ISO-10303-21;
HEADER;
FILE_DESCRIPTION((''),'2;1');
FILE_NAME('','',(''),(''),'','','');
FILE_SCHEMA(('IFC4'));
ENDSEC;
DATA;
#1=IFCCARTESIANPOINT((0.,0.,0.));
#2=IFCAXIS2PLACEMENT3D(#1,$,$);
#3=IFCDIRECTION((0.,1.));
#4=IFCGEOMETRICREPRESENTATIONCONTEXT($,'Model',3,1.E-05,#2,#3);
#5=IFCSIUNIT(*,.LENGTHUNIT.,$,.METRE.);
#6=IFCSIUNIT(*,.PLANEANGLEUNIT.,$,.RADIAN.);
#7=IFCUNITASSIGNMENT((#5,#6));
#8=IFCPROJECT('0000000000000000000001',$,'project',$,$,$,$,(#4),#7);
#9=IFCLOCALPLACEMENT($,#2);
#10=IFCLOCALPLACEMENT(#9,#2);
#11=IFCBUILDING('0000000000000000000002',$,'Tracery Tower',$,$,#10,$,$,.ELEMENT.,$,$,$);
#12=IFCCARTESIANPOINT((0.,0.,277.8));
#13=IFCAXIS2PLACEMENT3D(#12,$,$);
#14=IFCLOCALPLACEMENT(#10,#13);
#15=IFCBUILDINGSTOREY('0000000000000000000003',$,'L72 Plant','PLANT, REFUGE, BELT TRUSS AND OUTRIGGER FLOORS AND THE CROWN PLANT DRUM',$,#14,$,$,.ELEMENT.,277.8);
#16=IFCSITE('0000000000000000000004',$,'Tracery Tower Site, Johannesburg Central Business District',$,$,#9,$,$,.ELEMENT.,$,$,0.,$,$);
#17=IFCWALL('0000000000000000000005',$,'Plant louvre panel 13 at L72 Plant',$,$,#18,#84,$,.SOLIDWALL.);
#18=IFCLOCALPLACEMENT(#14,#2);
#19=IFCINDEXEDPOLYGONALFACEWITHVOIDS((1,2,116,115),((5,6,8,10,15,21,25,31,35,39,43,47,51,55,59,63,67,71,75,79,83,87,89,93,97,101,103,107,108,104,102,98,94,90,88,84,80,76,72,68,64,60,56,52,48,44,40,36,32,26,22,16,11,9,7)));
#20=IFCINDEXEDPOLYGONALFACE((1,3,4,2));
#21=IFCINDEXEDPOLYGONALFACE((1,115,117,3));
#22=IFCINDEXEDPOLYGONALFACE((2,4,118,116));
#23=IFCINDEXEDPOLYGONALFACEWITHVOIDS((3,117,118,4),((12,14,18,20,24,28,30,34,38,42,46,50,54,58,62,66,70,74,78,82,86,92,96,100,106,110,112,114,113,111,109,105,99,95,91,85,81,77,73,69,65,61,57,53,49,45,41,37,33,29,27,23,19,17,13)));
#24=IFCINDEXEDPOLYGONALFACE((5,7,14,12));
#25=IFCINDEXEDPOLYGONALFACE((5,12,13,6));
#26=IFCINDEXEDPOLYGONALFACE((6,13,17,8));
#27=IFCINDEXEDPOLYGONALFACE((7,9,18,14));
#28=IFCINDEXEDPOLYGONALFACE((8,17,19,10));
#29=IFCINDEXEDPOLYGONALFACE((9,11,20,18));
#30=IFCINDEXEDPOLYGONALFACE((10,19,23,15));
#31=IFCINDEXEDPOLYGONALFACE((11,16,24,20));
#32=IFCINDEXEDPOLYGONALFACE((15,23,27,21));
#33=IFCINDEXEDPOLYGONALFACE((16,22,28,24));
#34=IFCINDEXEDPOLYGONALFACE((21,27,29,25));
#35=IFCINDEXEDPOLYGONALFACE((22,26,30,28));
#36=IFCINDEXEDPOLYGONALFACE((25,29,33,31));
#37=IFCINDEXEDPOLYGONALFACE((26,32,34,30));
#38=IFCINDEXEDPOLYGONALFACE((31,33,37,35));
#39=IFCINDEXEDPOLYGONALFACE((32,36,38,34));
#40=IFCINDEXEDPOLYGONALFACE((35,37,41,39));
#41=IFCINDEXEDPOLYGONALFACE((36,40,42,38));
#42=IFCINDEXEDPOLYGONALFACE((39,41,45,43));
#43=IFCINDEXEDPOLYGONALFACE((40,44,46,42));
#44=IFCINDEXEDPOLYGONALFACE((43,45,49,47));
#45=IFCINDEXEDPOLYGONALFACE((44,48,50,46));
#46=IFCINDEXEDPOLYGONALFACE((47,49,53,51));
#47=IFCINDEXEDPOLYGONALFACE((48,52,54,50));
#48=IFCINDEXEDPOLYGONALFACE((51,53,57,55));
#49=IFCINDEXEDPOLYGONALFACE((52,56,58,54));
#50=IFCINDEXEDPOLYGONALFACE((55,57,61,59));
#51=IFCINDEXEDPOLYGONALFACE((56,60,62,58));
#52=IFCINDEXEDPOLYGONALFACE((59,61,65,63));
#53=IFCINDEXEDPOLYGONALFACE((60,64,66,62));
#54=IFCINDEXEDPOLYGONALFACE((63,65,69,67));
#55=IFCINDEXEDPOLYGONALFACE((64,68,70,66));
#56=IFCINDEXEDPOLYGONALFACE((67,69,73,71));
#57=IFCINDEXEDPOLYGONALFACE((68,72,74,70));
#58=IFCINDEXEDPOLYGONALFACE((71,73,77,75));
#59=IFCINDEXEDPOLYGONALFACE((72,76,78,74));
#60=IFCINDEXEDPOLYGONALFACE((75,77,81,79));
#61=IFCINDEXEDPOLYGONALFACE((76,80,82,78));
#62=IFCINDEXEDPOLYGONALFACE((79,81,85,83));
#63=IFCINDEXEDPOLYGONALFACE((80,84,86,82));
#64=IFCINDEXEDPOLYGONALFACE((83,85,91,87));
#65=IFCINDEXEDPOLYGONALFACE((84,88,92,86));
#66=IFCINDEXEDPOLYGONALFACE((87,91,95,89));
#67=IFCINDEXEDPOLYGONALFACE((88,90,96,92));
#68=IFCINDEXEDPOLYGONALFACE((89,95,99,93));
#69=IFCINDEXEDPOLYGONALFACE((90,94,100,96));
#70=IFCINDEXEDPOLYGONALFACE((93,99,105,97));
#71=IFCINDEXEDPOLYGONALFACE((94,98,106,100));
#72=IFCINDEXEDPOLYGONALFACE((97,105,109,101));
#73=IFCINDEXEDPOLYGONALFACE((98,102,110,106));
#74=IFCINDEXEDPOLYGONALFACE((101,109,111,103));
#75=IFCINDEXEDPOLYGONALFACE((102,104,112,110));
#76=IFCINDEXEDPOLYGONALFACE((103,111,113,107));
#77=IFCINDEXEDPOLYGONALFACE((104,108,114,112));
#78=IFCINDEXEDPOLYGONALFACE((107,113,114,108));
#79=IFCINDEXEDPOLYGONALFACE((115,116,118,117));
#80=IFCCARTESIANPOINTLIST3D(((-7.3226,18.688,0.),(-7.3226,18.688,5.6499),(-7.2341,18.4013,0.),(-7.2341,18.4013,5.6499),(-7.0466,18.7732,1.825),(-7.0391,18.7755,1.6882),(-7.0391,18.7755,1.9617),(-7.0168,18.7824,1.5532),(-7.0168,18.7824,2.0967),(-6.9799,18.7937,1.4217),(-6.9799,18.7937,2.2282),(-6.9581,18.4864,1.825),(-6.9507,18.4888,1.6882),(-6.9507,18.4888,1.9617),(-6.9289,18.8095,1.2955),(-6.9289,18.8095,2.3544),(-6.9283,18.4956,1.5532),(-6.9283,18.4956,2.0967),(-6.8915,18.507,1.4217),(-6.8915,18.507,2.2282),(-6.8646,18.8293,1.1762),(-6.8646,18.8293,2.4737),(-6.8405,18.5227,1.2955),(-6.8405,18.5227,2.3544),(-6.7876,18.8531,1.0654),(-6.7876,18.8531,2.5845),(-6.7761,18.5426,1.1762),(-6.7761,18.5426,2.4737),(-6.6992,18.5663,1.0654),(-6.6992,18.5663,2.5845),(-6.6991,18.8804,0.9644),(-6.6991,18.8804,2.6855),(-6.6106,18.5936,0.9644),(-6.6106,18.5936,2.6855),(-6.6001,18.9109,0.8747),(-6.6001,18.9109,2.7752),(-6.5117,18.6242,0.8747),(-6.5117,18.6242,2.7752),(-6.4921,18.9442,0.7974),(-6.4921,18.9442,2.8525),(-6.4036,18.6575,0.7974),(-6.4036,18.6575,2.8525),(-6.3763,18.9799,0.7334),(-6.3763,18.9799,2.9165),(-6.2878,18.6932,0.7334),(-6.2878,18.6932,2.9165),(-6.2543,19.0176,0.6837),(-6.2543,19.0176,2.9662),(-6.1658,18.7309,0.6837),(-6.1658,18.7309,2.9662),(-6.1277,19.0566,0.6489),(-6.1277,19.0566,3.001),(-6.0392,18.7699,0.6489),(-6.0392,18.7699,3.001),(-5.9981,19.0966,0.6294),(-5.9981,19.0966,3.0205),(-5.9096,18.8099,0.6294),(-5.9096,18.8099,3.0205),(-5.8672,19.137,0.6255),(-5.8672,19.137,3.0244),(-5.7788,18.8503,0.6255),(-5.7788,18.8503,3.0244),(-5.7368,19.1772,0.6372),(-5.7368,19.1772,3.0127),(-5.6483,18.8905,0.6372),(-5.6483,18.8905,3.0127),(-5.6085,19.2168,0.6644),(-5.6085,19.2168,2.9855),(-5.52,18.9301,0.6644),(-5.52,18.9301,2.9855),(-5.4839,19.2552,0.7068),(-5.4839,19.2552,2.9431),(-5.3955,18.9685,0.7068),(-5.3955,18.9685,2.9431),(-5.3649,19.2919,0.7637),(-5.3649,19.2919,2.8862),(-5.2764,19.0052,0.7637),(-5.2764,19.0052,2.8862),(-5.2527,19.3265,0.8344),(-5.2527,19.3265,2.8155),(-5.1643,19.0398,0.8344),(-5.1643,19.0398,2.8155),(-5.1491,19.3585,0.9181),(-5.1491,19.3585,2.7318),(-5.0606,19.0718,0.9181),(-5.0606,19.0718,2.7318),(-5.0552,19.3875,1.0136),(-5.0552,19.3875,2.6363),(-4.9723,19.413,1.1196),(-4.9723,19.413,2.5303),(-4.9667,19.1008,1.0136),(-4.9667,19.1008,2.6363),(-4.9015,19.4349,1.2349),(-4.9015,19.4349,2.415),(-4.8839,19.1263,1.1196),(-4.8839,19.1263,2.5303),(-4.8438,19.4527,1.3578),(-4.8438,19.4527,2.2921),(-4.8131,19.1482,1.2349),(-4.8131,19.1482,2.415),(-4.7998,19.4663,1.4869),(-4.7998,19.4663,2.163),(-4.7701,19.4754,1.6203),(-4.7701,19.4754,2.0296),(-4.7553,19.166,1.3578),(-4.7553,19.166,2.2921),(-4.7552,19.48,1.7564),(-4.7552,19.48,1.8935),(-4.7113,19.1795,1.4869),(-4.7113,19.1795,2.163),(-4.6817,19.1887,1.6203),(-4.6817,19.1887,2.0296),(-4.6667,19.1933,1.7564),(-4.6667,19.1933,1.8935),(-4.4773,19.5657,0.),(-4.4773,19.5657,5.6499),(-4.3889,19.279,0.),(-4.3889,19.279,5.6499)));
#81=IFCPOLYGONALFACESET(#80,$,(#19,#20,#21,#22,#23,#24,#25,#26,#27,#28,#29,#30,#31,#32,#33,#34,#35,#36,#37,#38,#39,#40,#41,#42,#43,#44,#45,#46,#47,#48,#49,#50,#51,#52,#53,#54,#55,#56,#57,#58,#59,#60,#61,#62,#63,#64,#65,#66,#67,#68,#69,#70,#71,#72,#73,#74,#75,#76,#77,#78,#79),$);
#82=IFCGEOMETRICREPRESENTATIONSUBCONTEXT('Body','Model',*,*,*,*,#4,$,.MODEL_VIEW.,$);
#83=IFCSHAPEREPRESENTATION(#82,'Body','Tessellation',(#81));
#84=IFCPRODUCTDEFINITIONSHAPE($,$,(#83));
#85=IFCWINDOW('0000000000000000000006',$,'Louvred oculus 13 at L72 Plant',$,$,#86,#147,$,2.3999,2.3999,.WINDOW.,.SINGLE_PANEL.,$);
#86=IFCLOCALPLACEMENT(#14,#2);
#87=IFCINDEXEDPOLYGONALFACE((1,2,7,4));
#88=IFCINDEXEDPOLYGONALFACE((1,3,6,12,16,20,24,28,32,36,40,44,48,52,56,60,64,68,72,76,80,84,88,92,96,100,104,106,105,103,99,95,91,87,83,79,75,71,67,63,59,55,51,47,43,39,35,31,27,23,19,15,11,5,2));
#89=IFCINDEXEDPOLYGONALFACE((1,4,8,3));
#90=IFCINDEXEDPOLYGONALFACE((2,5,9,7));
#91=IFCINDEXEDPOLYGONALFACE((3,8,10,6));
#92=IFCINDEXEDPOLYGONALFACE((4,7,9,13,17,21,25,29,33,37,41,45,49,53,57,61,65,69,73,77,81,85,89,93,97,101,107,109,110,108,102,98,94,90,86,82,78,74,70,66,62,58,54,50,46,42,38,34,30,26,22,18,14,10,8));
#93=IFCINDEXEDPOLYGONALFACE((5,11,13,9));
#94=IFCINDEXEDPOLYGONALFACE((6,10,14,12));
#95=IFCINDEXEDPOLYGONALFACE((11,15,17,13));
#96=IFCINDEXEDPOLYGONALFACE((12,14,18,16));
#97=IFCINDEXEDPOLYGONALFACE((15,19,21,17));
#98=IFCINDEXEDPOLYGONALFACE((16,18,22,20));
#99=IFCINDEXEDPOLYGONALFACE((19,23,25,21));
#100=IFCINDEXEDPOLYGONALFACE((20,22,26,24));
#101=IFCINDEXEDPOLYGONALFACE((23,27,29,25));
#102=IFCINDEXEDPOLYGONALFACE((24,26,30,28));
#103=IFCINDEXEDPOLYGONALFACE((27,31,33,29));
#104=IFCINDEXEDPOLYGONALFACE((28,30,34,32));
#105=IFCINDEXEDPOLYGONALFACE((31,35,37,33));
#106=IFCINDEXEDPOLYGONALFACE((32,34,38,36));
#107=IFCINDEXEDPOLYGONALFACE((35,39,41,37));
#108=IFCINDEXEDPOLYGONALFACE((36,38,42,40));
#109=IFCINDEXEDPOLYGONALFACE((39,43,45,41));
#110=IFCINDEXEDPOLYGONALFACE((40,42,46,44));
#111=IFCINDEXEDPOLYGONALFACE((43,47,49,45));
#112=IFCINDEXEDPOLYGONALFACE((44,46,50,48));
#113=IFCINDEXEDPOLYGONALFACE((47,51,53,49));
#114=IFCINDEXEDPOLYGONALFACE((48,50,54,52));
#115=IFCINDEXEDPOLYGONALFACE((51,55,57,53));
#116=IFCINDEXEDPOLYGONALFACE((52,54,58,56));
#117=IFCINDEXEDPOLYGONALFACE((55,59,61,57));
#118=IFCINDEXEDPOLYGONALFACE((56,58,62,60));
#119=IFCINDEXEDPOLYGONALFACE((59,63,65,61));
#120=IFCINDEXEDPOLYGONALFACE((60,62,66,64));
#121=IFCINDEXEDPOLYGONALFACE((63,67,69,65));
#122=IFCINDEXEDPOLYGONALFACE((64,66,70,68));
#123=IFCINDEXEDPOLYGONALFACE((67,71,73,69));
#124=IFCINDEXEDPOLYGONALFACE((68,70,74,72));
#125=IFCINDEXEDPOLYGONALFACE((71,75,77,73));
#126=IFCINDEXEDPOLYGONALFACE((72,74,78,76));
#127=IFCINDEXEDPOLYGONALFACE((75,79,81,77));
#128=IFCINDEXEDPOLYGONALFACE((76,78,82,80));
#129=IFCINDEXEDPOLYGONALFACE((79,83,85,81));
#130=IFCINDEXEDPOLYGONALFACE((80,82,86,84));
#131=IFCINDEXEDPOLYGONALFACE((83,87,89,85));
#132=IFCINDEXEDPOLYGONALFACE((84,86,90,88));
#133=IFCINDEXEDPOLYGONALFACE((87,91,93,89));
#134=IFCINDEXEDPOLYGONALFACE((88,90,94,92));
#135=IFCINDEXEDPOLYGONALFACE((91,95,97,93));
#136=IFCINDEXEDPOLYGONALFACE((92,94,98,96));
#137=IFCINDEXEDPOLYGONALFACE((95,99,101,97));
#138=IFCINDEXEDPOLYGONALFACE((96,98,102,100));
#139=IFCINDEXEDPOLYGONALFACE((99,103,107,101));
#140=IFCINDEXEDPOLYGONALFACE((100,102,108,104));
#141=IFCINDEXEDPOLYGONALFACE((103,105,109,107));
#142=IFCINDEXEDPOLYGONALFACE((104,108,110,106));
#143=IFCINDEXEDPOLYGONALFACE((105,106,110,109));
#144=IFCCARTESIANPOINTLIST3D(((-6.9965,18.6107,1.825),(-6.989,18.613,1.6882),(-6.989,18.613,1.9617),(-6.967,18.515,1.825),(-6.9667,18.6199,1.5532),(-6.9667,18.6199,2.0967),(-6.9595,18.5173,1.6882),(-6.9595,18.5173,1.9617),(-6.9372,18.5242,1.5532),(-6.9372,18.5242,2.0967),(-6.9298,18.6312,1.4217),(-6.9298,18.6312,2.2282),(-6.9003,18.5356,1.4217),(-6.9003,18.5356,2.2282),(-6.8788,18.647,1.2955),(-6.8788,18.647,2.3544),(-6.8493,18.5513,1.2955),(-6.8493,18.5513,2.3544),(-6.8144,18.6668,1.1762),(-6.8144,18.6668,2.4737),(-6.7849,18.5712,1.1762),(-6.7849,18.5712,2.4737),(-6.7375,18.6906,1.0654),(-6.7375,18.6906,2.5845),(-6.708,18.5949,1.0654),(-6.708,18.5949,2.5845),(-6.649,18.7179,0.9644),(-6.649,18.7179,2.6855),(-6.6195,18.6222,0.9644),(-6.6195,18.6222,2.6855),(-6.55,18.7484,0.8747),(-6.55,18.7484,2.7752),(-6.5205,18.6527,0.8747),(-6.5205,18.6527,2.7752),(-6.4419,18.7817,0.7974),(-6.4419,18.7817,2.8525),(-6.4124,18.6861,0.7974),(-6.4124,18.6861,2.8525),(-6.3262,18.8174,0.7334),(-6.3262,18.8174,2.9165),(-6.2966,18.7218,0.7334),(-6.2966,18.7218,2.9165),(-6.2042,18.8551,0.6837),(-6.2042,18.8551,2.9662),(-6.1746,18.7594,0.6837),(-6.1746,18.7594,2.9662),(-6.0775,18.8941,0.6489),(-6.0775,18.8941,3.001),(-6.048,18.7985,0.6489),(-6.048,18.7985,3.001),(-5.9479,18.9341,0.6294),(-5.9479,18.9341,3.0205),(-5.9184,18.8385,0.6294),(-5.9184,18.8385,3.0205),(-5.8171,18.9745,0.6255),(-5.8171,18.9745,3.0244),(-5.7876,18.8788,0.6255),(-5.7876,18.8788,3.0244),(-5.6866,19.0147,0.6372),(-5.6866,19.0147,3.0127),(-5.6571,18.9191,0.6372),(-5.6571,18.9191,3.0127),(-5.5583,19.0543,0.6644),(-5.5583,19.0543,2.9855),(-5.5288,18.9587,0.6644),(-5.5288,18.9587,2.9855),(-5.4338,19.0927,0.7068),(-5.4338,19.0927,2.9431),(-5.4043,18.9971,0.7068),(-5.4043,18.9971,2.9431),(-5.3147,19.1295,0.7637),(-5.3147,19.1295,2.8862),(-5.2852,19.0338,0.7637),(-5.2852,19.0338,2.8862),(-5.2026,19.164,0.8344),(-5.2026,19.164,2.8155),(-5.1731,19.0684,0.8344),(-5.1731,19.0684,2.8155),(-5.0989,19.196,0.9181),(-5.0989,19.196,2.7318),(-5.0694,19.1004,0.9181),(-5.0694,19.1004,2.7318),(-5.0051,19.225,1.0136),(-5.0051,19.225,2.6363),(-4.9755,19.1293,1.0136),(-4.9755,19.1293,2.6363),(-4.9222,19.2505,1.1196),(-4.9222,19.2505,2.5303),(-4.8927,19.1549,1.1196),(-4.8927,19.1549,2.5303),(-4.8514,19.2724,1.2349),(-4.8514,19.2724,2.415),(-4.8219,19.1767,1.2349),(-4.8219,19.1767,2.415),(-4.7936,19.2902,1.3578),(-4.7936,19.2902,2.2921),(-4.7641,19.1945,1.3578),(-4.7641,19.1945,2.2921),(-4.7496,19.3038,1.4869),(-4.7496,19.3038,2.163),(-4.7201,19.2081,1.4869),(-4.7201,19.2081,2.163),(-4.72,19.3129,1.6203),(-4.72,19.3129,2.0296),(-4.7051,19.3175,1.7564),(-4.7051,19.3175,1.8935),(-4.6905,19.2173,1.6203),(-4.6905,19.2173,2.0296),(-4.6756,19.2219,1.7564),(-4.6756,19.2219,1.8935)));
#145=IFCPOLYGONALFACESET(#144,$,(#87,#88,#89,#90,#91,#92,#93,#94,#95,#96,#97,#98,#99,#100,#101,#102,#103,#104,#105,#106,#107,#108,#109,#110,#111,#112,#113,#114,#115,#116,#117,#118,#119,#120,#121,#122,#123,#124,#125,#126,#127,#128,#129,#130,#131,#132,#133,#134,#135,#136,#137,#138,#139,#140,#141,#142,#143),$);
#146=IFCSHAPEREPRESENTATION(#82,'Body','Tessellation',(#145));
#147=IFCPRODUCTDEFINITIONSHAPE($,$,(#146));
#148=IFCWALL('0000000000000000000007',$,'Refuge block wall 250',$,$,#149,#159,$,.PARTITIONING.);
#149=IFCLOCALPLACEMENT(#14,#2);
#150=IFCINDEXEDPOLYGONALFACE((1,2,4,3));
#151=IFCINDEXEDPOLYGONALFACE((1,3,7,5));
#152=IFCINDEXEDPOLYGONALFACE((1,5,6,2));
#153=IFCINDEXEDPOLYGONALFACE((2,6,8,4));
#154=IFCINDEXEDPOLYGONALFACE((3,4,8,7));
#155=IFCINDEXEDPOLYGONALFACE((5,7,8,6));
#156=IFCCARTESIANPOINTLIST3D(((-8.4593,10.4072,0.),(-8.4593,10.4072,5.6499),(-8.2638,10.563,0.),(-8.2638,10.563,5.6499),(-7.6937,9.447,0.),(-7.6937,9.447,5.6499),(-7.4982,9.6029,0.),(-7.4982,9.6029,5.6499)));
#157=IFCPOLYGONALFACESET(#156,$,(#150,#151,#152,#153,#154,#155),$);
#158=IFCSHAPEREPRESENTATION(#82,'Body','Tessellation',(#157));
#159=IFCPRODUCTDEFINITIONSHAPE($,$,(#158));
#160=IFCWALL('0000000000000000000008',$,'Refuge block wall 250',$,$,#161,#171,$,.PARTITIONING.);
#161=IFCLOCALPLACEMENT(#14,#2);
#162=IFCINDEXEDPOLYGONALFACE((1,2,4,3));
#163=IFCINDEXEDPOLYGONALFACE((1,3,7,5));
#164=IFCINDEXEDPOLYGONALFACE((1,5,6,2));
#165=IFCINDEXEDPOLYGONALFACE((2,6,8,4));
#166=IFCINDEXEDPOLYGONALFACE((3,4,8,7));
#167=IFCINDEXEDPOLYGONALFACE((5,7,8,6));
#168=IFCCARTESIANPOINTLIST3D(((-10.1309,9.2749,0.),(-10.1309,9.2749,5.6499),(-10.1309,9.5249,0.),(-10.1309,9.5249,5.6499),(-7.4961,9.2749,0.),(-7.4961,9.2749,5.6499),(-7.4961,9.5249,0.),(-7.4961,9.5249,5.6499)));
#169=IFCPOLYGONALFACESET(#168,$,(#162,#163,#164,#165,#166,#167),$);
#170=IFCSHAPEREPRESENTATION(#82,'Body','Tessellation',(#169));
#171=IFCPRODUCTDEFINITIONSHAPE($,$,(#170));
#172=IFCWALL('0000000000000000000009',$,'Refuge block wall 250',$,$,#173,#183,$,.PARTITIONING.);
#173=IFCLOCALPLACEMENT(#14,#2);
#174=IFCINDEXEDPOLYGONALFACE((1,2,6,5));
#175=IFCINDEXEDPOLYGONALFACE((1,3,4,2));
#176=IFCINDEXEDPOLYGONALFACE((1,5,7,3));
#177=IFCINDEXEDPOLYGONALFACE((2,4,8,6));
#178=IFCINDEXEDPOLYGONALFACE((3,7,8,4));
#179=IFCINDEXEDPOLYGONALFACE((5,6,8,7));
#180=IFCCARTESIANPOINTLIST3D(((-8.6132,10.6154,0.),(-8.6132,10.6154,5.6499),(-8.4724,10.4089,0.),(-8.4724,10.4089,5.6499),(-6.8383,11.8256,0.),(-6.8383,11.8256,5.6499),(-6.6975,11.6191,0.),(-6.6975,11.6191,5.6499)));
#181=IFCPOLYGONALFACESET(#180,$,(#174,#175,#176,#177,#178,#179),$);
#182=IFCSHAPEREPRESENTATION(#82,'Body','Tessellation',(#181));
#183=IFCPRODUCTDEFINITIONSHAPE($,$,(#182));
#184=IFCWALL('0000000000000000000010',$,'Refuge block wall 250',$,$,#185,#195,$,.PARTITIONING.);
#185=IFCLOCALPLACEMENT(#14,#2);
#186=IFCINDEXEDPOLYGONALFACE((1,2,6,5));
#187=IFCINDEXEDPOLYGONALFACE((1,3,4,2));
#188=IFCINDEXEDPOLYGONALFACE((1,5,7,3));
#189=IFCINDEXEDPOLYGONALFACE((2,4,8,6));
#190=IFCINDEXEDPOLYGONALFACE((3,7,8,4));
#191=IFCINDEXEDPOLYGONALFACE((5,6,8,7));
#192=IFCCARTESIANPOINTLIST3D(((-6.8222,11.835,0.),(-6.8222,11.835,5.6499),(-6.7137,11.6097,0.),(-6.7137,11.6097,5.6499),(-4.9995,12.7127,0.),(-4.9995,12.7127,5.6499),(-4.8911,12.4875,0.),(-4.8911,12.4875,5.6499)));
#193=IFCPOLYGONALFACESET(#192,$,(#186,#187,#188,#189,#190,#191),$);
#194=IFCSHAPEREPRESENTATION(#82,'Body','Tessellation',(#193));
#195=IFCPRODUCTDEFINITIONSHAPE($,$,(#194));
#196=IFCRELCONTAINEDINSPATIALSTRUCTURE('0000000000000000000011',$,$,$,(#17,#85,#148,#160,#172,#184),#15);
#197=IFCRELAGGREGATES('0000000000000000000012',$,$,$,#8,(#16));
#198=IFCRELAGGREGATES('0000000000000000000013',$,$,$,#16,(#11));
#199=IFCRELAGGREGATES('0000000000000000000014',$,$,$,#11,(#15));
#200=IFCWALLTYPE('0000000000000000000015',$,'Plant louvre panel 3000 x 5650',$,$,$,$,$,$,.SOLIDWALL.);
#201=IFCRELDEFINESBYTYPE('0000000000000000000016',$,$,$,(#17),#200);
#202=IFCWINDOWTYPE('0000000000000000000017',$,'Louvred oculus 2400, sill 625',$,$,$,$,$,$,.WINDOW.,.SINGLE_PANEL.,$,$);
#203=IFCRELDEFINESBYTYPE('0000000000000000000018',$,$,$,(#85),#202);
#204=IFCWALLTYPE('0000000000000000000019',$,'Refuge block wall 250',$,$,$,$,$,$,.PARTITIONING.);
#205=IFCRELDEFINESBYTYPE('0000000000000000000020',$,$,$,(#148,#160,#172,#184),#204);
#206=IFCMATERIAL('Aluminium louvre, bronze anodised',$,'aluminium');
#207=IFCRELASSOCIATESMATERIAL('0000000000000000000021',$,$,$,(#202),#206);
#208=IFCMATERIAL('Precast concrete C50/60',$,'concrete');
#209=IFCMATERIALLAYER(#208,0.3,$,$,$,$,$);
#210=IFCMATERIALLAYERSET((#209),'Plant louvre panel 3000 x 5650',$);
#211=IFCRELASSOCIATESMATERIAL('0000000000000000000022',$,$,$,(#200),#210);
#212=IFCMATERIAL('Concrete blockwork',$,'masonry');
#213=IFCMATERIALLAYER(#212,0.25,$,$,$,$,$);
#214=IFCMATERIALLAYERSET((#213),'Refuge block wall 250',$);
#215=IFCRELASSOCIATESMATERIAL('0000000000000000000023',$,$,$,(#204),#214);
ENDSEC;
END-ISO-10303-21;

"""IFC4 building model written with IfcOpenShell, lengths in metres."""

from ifc_helpers import new_model, si_unit, direction, frame, frame_2d, origin, origin_2d, place, context, subcontext, project, spatial, rectangle, circle, extrude, material, layer, layer_set, type_object, element, fill, save


model = new_model("IFC4")

# Units and contexts
model_context = context("Model", 3, precision=1e-05, world=origin(), true_north=direction((0.0, 1.0)))
body_context = subcontext(model_context, "Body", "Model", "MODEL_VIEW")
ifc_project = project(units=[si_unit("LENGTHUNIT", "METRE"), si_unit("PLANEANGLEUNIT", "RADIAN")], contexts=[model_context])

# Site, building, storey
site_placement = place(None, origin())
site = spatial("IfcSite", under=ifc_project, at=site_placement, Name="Tracery Tower Site, Johannesburg Central Business District", CompositionType="ELEMENT", RefElevation=0.0)
building_placement = place(site_placement, origin())
building = spatial("IfcBuilding", under=site, at=building_placement, Name="Tracery Tower", CompositionType="ELEMENT")
storey_placement = place(building_placement, frame((0.0, 0.0, 277.8)))
storey = spatial("IfcBuildingStorey", under=building, at=storey_placement, Name="L72 Plant", Description="PLANT, REFUGE, BELT TRUSS AND OUTRIGGER FLOORS AND THE CROWN PLANT DRUM", CompositionType="ELEMENT", Elevation=277.8)

# Wall, opening, window
ifc_material_1 = material(Name="Aluminium louvre, bronze anodised", Category="aluminium")
window_type = type_object("IfcWindowType", Name="Louvred oculus 2400, sill 625", PartitioningType="SINGLE_PANEL", PredefinedType="WINDOW", material=ifc_material_1)
ifc_material_2 = material(Name="Precast concrete C50/60", Category="concrete")
ifc_layer_1 = layer(ifc_material_2, 0.3)
ifc_layer_set_1 = layer_set([ifc_layer_1], Name="Plant louvre panel 3000 x 5650")
wall_type_1 = type_object("IfcWallType", Name="Plant louvre panel 3000 x 5650", PredefinedType="SOLIDWALL", material=ifc_layer_set_1)
wall_1_placement = place(storey_placement, frame((-4.4331, 19.4224, 0.0), z_axis=(0.0, 0.0, 1.0), x_axis=(-0.955568, -0.294771, 0.0)))
wall_1 = element("IfcWall", 1, at=wall_1_placement, inside=storey, type_object=wall_type_1, Name="Plant louvre panel 13 at L72 Plant", PredefinedType="SOLIDWALL", context=body_context, shape_type="SweptSolid", body=[
    extrude(rectangle(XDim=2.9775, YDim=0.3, at=frame_2d((1.4888, 0.0))), origin(), (0.0, 0.0, 1.0), 5.6499),
])
opening_1_placement = place(wall_1_placement, frame((1.4888, 0.0, 1.825)))
opening_1 = element("IfcOpeningElement", 2, at=opening_1_placement, cuts=wall_1, PredefinedType="OPENING", context=body_context, shape_type="SweptSolid", body=[
    extrude(circle(Radius=1.2, at=origin_2d()), frame((0.0, 0.1599, 0.0), z_axis=(0.0, -1.0, 0.0), x_axis=(1.0, 0.0, 0.0)), (0.0, 0.0, 1.0), 0.3201),
])
window_1_placement = place(opening_1_placement, origin())
window_1 = element("IfcWindow", 3, at=window_1_placement, inside=storey, type_object=window_type, Name="Louvred oculus 13 at L72 Plant", OverallHeight=2.3999, OverallWidth=2.3999, PartitioningType="SINGLE_PANEL", PredefinedType="WINDOW", context=body_context, shape_type="SweptSolid", body=[
    extrude(circle(Radius=1.2, at=origin_2d()), frame((0.0, 0.1201, 0.0), z_axis=(0.0, -1.0, 0.0), x_axis=(1.0, 0.0, 0.0)), (0.0, 0.0, 1.0), 0.1001),
])
fill(opening_1, window_1)

# Walls
ifc_material_3 = material(Name="Concrete blockwork", Category="masonry")
ifc_layer_2 = layer(ifc_material_3, 0.25)
ifc_layer_set_2 = layer_set([ifc_layer_2], Name="Refuge block wall 250")
wall_type_2 = type_object("IfcWallType", Name="Refuge block wall 250", PredefinedType="PARTITIONING", material=ifc_layer_set_2)
wall_2_placement = place(storey_placement, frame((-8.3616, 10.4851, 0.0), z_axis=(0.0, 0.0, 1.0), x_axis=(0.623434, -0.781876, 0.0)))
element("IfcWall", 4, at=wall_2_placement, inside=storey, type_object=wall_type_2, Name="Refuge block wall 250", PredefinedType="PARTITIONING", context=body_context, shape_type="SweptSolid", body=[
    extrude(rectangle(XDim=1.228, YDim=0.25, at=frame_2d((0.614, 0.0))), origin(), (0.0, 0.0, 1.0), 5.6499),
])
wall_3_placement = place(storey_placement, frame((-7.4961, 9.3999, 0.0), z_axis=(0.0, 0.0, 1.0), x_axis=(-1.0, 0.0, 0.0)))
element("IfcWall", 5, at=wall_3_placement, inside=storey, type_object=wall_type_2, Name="Refuge block wall 250", PredefinedType="PARTITIONING", context=body_context, shape_type="SweptSolid", body=[
    extrude(rectangle(XDim=2.6348, YDim=0.25, at=frame_2d((1.3174, 0.0))), origin(), (0.0, 0.0, 1.0), 5.6499),
])
wall_4_placement = place(storey_placement, frame((-6.7678, 11.7224, 0.0), z_axis=(0.0, 0.0, 1.0), x_axis=(-0.826218, -0.563351, 0.0)))
element("IfcWall", 6, at=wall_4_placement, inside=storey, type_object=wall_type_2, Name="Refuge block wall 250", PredefinedType="PARTITIONING", context=body_context, shape_type="SweptSolid", body=[
    extrude(rectangle(XDim=2.1482, YDim=0.25, at=frame_2d((1.0742, 0.0))), origin(), (0.0, 0.0, 1.0), 5.6499),
])
wall_5_placement = place(storey_placement, frame((-4.9453, 12.6001, 0.0), z_axis=(0.0, 0.0, 1.0), x_axis=(-0.900967, -0.433888, 0.0)))
element("IfcWall", 7, at=wall_5_placement, inside=storey, type_object=wall_type_2, Name="Refuge block wall 250", PredefinedType="PARTITIONING", context=body_context, shape_type="SweptSolid", body=[
    extrude(rectangle(XDim=2.0229, YDim=0.25, at=frame_2d((1.0115, 0.0))), origin(), (0.0, 0.0, 1.0), 5.6499),
])

save(model, "model.ifc")
